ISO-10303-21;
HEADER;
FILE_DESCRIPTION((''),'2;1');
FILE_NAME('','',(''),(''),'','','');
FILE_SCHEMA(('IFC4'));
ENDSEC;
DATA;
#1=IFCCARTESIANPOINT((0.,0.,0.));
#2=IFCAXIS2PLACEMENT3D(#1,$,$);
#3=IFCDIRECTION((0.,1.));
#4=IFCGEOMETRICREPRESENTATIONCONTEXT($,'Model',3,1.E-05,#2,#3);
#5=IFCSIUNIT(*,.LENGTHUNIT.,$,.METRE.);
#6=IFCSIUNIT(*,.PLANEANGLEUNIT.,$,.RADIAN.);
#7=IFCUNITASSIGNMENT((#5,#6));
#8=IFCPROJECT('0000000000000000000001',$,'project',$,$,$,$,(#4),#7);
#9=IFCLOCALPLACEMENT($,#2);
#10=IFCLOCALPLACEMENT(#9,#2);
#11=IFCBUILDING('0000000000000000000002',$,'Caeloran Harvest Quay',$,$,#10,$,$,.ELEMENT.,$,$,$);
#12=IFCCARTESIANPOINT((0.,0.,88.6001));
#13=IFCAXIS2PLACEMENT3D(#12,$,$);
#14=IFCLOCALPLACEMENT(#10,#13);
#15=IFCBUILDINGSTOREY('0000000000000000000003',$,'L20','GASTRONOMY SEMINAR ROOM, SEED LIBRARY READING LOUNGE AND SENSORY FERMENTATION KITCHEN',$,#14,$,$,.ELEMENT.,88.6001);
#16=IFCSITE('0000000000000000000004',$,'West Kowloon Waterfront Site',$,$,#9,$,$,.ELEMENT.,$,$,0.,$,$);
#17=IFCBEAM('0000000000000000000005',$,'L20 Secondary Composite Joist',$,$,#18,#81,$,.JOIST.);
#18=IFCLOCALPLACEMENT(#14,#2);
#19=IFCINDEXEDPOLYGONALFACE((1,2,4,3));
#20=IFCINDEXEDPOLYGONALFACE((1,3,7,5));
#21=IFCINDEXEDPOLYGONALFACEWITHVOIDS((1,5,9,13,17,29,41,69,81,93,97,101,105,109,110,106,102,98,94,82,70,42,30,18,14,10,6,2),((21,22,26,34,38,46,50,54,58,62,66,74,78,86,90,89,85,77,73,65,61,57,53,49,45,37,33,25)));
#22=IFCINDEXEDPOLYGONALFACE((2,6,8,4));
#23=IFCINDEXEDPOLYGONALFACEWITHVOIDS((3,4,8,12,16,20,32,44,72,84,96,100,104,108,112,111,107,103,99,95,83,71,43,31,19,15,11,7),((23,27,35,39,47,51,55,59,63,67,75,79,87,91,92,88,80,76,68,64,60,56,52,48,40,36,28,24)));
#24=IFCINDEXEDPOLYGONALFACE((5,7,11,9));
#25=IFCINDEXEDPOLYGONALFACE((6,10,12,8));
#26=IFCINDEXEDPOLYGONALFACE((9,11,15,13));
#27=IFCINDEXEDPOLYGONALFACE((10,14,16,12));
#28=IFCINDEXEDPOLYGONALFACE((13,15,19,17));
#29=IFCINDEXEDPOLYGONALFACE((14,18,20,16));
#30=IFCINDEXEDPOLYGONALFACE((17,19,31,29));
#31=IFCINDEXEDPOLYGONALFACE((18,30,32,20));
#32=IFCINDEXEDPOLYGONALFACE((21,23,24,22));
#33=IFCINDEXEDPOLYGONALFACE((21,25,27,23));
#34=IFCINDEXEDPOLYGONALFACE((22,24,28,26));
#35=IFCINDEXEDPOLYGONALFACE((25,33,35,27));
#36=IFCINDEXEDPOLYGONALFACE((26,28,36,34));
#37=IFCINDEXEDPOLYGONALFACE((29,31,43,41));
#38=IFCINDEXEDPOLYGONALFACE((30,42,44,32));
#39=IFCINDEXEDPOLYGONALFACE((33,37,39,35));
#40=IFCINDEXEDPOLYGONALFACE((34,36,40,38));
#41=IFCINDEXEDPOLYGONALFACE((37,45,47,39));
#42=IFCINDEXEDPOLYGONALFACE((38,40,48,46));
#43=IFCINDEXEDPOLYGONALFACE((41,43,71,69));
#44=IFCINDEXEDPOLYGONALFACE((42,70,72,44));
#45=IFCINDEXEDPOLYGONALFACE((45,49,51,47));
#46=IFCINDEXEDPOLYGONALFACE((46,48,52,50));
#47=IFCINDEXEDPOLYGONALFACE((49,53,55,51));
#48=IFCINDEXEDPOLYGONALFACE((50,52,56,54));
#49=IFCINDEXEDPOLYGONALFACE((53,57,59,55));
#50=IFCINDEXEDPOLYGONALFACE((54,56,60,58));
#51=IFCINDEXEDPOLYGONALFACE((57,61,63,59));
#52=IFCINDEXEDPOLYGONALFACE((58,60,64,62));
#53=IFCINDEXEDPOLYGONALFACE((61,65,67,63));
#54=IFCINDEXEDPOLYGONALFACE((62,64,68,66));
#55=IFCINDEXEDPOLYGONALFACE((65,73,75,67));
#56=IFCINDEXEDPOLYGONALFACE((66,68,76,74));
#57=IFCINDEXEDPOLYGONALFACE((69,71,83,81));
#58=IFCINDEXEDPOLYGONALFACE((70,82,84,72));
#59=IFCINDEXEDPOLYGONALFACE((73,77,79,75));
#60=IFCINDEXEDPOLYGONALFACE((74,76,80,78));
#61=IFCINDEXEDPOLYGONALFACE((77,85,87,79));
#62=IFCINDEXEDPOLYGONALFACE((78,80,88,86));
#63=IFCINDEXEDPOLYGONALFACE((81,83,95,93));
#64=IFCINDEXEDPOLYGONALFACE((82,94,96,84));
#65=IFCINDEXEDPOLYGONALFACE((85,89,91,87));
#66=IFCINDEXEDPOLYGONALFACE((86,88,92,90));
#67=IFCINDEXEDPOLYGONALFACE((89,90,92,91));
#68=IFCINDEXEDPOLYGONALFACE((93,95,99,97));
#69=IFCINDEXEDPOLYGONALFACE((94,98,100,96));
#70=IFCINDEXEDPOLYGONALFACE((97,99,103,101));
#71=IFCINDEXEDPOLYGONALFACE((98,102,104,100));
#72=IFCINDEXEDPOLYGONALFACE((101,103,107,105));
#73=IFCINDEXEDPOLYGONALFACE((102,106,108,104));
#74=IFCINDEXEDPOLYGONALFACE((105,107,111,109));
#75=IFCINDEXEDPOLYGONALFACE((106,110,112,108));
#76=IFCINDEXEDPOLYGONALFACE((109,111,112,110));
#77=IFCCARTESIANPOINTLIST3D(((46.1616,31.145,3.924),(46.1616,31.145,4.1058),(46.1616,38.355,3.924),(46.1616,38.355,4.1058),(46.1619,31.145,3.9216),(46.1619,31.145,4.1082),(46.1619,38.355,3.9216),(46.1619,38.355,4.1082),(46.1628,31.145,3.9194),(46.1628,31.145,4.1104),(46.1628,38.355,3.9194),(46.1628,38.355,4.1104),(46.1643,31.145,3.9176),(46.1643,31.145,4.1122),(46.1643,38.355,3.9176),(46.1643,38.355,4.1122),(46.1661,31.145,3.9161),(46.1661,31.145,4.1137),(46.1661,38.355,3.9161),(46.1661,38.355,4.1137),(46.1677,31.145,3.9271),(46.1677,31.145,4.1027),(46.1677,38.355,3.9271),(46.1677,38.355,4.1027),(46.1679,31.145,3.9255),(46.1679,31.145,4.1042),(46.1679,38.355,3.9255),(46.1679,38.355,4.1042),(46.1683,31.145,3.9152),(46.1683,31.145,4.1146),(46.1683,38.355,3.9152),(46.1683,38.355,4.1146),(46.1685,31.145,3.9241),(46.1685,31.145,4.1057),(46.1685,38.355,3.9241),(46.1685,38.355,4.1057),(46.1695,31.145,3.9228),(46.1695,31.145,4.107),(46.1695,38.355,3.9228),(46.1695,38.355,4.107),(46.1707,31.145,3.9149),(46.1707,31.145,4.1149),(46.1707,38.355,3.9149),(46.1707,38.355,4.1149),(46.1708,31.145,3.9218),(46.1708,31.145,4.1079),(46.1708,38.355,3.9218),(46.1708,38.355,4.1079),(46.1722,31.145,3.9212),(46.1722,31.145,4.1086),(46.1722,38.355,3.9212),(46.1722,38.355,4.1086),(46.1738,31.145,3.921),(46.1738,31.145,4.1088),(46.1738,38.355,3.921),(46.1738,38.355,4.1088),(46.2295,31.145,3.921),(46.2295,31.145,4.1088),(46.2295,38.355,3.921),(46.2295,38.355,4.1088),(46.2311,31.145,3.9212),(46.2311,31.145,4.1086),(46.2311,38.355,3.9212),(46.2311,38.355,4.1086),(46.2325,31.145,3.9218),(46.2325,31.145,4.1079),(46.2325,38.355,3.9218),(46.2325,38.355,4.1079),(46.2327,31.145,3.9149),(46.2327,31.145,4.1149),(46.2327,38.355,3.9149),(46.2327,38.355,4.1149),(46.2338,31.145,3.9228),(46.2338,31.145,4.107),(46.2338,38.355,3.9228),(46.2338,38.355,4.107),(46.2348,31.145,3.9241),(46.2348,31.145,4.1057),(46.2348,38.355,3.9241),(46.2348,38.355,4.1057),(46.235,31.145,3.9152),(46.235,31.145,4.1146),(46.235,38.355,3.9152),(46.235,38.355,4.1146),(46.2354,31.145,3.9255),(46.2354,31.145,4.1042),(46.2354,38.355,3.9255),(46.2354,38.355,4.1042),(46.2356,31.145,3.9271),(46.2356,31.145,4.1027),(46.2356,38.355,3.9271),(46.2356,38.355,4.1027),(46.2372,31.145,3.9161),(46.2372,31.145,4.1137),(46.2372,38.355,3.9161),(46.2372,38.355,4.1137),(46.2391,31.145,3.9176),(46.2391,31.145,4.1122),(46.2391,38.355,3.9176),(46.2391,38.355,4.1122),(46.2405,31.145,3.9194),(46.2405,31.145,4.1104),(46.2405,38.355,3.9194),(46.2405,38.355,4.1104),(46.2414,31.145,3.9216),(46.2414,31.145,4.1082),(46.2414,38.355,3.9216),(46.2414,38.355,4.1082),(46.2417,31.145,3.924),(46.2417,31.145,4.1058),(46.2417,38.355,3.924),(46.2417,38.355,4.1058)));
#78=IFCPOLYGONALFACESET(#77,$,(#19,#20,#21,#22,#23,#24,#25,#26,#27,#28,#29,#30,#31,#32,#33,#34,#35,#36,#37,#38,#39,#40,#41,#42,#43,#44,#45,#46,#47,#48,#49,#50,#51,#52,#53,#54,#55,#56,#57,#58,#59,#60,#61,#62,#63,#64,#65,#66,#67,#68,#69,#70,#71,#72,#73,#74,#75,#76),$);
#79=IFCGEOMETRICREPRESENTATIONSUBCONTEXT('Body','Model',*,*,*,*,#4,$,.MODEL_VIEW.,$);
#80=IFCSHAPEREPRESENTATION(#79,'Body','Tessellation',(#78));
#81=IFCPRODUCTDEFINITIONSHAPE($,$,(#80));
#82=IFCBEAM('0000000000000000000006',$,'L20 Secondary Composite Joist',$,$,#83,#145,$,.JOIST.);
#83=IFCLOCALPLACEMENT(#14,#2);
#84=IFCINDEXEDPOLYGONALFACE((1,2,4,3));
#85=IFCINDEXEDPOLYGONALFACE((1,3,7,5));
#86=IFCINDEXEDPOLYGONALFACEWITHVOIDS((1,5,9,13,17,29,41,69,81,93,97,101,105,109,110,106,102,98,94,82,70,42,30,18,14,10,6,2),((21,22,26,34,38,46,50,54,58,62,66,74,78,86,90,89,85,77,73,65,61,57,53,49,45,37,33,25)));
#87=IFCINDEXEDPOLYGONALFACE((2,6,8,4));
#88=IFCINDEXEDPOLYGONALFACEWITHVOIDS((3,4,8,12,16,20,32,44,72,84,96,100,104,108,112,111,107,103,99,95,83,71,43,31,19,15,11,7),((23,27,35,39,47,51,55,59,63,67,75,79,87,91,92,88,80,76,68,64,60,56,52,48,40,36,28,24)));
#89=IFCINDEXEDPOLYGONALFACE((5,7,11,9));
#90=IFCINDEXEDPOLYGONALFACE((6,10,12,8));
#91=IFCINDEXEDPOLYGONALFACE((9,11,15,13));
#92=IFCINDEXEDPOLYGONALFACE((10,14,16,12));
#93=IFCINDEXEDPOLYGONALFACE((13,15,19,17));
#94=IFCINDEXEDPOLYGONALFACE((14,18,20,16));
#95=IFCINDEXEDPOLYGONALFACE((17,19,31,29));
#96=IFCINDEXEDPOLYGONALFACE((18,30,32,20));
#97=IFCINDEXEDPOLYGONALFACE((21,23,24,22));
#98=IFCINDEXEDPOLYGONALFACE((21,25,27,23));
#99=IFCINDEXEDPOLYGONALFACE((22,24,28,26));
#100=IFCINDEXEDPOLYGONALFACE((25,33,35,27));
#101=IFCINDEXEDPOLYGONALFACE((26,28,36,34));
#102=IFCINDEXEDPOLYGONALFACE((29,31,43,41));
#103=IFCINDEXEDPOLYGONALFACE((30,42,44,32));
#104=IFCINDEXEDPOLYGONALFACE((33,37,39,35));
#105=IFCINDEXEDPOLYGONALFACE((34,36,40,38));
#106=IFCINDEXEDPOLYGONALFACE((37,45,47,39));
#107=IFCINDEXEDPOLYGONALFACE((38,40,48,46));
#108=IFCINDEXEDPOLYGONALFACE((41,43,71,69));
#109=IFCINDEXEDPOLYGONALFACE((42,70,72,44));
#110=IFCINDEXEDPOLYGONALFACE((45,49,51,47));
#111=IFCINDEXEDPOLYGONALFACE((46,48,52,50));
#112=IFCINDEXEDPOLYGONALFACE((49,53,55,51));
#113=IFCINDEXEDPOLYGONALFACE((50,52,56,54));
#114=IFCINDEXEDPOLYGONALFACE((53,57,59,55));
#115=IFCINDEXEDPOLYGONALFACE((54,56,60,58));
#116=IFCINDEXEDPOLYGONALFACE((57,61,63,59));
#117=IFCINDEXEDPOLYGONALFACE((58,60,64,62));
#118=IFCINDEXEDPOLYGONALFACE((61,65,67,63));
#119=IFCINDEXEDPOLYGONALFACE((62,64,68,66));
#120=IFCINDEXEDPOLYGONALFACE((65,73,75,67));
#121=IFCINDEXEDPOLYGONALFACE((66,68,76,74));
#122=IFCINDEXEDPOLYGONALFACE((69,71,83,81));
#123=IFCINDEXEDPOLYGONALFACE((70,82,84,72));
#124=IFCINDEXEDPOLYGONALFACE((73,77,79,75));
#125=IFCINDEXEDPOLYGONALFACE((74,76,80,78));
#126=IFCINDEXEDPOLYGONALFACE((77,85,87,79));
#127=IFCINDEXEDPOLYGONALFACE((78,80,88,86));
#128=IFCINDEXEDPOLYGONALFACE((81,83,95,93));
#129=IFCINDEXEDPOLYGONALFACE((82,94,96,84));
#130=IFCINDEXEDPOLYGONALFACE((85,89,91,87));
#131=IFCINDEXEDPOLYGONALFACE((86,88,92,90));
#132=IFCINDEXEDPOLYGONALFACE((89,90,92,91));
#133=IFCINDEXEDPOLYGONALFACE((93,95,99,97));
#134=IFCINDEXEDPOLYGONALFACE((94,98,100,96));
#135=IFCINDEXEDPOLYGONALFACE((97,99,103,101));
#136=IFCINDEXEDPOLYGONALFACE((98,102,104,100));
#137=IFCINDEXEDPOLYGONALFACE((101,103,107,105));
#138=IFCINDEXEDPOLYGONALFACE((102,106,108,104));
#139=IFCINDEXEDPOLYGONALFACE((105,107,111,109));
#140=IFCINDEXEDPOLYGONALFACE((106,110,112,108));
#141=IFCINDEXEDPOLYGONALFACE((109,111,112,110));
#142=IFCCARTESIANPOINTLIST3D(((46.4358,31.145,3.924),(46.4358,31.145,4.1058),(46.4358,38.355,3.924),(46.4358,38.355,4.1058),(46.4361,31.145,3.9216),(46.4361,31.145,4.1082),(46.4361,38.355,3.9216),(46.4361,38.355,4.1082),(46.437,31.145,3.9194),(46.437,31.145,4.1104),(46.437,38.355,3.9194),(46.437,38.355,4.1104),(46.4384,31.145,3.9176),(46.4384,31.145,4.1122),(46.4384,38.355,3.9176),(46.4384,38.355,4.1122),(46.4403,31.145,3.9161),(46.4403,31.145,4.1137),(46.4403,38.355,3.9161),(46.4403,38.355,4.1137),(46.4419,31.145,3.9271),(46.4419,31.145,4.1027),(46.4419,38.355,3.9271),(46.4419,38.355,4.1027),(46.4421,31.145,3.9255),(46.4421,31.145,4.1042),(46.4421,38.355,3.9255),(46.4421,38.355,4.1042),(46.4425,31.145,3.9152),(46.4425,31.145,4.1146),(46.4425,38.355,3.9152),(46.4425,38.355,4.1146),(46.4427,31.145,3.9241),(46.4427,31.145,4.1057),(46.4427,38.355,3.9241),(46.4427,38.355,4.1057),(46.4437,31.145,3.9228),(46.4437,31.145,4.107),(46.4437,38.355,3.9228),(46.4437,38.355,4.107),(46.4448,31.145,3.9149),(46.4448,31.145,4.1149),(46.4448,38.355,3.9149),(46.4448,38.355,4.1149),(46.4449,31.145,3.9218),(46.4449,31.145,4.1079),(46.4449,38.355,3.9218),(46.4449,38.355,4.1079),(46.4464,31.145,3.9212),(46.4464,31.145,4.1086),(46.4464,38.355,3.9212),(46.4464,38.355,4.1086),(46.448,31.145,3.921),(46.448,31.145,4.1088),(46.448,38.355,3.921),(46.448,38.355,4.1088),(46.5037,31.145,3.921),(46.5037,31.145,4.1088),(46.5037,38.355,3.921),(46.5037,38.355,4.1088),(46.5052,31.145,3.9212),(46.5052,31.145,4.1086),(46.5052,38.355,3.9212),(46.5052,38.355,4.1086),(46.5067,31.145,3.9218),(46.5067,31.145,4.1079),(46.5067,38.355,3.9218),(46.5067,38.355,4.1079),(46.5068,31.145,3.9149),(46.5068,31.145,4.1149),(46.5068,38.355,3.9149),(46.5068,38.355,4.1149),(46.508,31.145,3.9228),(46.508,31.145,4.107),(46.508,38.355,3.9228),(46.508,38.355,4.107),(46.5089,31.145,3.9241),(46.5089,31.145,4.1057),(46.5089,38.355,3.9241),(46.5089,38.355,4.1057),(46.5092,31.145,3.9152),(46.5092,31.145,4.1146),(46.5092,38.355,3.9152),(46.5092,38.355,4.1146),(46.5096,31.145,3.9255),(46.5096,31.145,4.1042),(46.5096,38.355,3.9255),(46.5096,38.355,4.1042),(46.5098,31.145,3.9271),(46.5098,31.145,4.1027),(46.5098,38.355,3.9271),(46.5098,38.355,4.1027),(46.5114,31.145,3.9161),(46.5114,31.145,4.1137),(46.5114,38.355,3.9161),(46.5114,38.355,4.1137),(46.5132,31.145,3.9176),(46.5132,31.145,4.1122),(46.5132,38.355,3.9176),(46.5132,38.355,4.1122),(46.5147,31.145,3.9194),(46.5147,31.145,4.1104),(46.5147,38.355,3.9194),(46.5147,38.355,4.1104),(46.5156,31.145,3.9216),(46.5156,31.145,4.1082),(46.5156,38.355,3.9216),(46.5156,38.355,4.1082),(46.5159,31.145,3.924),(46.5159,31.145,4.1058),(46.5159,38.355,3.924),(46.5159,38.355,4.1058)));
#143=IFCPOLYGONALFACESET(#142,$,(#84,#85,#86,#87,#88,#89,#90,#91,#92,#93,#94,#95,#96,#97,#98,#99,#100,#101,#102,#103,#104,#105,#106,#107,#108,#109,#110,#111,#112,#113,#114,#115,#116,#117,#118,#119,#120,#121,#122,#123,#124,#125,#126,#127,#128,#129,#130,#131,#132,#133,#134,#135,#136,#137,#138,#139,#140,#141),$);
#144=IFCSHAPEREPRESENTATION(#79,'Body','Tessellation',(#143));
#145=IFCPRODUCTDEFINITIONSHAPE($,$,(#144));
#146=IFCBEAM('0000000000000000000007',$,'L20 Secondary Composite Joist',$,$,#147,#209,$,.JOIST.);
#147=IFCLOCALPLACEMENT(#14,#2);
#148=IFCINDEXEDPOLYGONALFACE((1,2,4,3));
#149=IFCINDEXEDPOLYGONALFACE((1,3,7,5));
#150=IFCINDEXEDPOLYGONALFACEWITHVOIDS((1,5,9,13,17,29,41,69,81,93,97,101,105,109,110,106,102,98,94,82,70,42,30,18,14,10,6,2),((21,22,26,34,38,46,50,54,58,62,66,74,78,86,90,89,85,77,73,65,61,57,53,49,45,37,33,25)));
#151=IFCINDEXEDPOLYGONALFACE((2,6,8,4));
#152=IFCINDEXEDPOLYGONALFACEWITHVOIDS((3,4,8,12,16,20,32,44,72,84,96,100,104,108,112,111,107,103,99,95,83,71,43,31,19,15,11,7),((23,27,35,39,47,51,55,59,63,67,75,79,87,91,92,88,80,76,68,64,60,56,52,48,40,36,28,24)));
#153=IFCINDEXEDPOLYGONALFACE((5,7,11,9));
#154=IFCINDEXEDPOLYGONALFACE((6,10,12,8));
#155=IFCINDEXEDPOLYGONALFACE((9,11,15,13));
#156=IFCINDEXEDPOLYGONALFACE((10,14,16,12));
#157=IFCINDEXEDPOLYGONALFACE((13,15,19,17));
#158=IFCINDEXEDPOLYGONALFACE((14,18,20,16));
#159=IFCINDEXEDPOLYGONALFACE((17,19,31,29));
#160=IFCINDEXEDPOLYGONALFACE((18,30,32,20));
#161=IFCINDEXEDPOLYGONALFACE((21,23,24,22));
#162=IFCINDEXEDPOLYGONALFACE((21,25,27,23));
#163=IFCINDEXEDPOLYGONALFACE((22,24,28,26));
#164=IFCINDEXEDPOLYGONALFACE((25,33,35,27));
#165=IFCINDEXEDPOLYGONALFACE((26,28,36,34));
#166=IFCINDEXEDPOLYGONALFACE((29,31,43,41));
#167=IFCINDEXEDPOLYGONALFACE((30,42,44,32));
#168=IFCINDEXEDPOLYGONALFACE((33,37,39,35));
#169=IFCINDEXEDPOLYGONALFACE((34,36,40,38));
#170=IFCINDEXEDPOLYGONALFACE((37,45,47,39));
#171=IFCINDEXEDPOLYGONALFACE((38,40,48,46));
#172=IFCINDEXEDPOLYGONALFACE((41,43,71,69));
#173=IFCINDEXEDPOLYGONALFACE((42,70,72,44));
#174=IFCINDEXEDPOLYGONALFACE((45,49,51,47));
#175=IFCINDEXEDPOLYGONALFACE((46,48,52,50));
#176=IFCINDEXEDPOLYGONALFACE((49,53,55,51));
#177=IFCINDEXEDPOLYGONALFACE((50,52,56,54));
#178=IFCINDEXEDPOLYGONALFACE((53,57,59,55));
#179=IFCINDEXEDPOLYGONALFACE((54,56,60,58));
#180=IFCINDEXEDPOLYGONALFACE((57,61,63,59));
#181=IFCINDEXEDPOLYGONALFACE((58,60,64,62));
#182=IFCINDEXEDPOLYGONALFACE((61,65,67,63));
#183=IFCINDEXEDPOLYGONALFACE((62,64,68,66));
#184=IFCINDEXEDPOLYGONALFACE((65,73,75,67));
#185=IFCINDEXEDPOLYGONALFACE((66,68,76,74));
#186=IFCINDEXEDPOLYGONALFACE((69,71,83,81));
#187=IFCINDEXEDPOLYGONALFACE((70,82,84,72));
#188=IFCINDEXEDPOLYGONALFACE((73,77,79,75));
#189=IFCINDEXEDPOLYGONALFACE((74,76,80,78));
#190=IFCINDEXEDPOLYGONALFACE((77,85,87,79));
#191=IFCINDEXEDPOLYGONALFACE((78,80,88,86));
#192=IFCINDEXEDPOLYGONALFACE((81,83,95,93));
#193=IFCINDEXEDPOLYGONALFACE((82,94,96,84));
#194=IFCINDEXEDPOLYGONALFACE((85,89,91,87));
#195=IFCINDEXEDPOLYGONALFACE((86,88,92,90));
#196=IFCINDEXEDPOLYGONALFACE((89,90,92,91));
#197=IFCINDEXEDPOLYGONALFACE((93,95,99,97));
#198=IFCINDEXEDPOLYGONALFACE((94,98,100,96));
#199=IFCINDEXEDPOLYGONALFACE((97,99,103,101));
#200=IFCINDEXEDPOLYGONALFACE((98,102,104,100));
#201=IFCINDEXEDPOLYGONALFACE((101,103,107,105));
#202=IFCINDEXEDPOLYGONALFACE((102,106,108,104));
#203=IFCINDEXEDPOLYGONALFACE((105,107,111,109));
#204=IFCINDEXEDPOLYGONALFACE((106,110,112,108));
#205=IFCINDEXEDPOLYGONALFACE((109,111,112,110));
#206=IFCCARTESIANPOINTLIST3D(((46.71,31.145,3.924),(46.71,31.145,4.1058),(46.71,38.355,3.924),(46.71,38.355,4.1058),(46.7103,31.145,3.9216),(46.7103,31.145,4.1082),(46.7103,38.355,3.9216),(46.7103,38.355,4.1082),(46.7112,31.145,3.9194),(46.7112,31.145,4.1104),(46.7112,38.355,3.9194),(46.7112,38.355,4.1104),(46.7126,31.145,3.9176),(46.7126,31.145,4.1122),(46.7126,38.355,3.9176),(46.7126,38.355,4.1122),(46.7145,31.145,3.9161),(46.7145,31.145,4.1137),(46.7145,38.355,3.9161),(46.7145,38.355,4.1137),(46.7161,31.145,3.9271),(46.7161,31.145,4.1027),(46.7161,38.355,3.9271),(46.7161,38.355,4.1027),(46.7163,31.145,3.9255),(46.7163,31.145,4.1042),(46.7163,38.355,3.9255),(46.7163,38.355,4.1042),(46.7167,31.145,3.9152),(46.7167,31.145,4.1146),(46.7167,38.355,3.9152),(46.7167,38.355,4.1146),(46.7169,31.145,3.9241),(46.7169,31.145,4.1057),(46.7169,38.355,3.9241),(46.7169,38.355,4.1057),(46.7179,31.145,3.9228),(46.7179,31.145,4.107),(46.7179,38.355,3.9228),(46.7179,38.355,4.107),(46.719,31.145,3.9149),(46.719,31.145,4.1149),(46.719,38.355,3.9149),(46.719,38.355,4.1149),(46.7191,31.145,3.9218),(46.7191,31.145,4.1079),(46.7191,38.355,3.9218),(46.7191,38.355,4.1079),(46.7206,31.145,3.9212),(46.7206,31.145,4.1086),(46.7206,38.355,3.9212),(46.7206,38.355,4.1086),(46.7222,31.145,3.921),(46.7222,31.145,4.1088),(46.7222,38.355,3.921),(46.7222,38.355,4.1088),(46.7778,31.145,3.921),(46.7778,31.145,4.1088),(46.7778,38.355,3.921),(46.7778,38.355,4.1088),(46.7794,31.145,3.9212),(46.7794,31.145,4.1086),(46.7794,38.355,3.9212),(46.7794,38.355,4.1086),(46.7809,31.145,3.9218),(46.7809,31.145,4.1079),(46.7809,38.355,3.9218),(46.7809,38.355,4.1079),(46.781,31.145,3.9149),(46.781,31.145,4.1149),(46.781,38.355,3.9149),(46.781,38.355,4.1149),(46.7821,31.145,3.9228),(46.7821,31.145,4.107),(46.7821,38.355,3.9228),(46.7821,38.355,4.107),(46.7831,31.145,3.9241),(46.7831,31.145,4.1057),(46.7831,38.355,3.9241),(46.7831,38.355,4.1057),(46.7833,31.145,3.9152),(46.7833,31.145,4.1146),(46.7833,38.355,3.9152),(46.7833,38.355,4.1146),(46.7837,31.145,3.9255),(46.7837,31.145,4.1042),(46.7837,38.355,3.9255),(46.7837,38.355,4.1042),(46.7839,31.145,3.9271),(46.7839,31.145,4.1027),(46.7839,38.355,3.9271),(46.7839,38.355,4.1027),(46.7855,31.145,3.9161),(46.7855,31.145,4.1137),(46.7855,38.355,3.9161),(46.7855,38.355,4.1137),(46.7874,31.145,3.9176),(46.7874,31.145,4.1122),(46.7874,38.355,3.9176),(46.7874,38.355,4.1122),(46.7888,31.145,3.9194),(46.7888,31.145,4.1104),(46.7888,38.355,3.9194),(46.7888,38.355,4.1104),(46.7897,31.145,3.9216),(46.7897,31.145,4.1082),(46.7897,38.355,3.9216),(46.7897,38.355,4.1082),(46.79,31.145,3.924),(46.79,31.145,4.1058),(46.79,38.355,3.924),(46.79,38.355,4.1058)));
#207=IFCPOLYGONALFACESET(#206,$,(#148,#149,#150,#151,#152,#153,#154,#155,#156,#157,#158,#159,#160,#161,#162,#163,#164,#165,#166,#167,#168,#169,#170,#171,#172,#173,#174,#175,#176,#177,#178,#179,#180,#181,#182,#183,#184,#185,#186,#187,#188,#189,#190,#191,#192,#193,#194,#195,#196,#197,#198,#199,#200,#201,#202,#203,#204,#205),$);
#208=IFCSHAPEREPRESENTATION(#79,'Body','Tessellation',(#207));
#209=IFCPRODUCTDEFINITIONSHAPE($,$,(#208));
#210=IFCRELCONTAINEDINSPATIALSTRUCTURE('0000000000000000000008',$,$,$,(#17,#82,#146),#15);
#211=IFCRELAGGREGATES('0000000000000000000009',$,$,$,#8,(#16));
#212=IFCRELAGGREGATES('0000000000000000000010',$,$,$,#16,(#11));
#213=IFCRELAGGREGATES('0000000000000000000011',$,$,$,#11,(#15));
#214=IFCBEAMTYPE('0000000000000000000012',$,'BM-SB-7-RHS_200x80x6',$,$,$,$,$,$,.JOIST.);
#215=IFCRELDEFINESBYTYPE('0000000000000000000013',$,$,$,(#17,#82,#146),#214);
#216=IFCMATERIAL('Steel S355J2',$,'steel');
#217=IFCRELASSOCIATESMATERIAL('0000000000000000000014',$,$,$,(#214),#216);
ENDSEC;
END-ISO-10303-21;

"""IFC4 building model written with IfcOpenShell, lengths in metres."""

from ifc_helpers import new_model, si_unit, direction, frame, origin, origin_2d, place, context, subcontext, project, spatial, hollow_rectangle, extrude, material, material_profile, profile_set, type_object, element, save


model = new_model("IFC4")

# Units and contexts
model_context = context("Model", 3, precision=1e-05, world=origin(), true_north=direction((0.0, 1.0)))
body_context = subcontext(model_context, "Body", "Model", "MODEL_VIEW")
ifc_project = project(units=[si_unit("LENGTHUNIT", "METRE"), si_unit("PLANEANGLEUNIT", "RADIAN")], contexts=[model_context])

# Site, building, storey
site_placement = place(None, origin())
site = spatial("IfcSite", under=ifc_project, at=site_placement, Name="West Kowloon Waterfront Site", CompositionType="ELEMENT", RefElevation=0.0)
building_placement = place(site_placement, origin())
building = spatial("IfcBuilding", under=site, at=building_placement, Name="Caeloran Harvest Quay", CompositionType="ELEMENT")
storey_placement = place(building_placement, frame((0.0, 0.0, 88.6001)))
storey = spatial("IfcBuildingStorey", under=building, at=storey_placement, Name="L20", Description="GASTRONOMY SEMINAR ROOM, SEED LIBRARY READING LOUNGE AND SENSORY FERMENTATION KITCHEN", CompositionType="ELEMENT", Elevation=88.6001)

# Beams
ifc_material_1 = material(Name="Steel S355J2", Category="steel")
ifc_material_profile_1 = material_profile(ifc_material_1, hollow_rectangle(XDim=0.0801, YDim=0.2, WallThickness=0.0061, InnerFilletRadius=0.0061, OuterFilletRadius=0.009, at=origin_2d()), Name="RHS 200x80x6")
ifc_profile_set_1 = profile_set([ifc_material_profile_1], Name="Steel S355J2")
beam_type_1 = type_object("IfcBeamType", Name="BM-SB-7-RHS_200x80x6", PredefinedType="JOIST", material=ifc_profile_set_1)
for number, where, z_axis, x_axis, name in (
    (1, (46.2017, 31.145, 4.0149), (0.0, 1.0, 0.0), (-1.0, 0.0, 0.0), "L20 Secondary Composite Joist"),
    (2, (46.4758, 31.145, 4.0149), (0.0, 1.0, 0.0), (-1.0, 0.0, 0.0), "L20 Secondary Composite Joist"),
    (3, (46.75, 31.145, 4.0149), (0.0, 1.0, 0.0), (-1.0, 0.0, 0.0), "L20 Secondary Composite Joist"),
):
    element("IfcBeam", number, at=place(storey_placement, frame(where, z_axis=z_axis, x_axis=x_axis)), inside=storey, type_object=beam_type_1, Name=name, PredefinedType="JOIST", context=body_context, shape_type="SweptSolid", body=[
        extrude(hollow_rectangle(XDim=0.0801, YDim=0.2, WallThickness=0.0061, InnerFilletRadius=0.0061, OuterFilletRadius=0.009, at=origin_2d()), origin(), (0.0, 0.0, 1.0), 7.21),
    ])

save(model, "model.ifc")
